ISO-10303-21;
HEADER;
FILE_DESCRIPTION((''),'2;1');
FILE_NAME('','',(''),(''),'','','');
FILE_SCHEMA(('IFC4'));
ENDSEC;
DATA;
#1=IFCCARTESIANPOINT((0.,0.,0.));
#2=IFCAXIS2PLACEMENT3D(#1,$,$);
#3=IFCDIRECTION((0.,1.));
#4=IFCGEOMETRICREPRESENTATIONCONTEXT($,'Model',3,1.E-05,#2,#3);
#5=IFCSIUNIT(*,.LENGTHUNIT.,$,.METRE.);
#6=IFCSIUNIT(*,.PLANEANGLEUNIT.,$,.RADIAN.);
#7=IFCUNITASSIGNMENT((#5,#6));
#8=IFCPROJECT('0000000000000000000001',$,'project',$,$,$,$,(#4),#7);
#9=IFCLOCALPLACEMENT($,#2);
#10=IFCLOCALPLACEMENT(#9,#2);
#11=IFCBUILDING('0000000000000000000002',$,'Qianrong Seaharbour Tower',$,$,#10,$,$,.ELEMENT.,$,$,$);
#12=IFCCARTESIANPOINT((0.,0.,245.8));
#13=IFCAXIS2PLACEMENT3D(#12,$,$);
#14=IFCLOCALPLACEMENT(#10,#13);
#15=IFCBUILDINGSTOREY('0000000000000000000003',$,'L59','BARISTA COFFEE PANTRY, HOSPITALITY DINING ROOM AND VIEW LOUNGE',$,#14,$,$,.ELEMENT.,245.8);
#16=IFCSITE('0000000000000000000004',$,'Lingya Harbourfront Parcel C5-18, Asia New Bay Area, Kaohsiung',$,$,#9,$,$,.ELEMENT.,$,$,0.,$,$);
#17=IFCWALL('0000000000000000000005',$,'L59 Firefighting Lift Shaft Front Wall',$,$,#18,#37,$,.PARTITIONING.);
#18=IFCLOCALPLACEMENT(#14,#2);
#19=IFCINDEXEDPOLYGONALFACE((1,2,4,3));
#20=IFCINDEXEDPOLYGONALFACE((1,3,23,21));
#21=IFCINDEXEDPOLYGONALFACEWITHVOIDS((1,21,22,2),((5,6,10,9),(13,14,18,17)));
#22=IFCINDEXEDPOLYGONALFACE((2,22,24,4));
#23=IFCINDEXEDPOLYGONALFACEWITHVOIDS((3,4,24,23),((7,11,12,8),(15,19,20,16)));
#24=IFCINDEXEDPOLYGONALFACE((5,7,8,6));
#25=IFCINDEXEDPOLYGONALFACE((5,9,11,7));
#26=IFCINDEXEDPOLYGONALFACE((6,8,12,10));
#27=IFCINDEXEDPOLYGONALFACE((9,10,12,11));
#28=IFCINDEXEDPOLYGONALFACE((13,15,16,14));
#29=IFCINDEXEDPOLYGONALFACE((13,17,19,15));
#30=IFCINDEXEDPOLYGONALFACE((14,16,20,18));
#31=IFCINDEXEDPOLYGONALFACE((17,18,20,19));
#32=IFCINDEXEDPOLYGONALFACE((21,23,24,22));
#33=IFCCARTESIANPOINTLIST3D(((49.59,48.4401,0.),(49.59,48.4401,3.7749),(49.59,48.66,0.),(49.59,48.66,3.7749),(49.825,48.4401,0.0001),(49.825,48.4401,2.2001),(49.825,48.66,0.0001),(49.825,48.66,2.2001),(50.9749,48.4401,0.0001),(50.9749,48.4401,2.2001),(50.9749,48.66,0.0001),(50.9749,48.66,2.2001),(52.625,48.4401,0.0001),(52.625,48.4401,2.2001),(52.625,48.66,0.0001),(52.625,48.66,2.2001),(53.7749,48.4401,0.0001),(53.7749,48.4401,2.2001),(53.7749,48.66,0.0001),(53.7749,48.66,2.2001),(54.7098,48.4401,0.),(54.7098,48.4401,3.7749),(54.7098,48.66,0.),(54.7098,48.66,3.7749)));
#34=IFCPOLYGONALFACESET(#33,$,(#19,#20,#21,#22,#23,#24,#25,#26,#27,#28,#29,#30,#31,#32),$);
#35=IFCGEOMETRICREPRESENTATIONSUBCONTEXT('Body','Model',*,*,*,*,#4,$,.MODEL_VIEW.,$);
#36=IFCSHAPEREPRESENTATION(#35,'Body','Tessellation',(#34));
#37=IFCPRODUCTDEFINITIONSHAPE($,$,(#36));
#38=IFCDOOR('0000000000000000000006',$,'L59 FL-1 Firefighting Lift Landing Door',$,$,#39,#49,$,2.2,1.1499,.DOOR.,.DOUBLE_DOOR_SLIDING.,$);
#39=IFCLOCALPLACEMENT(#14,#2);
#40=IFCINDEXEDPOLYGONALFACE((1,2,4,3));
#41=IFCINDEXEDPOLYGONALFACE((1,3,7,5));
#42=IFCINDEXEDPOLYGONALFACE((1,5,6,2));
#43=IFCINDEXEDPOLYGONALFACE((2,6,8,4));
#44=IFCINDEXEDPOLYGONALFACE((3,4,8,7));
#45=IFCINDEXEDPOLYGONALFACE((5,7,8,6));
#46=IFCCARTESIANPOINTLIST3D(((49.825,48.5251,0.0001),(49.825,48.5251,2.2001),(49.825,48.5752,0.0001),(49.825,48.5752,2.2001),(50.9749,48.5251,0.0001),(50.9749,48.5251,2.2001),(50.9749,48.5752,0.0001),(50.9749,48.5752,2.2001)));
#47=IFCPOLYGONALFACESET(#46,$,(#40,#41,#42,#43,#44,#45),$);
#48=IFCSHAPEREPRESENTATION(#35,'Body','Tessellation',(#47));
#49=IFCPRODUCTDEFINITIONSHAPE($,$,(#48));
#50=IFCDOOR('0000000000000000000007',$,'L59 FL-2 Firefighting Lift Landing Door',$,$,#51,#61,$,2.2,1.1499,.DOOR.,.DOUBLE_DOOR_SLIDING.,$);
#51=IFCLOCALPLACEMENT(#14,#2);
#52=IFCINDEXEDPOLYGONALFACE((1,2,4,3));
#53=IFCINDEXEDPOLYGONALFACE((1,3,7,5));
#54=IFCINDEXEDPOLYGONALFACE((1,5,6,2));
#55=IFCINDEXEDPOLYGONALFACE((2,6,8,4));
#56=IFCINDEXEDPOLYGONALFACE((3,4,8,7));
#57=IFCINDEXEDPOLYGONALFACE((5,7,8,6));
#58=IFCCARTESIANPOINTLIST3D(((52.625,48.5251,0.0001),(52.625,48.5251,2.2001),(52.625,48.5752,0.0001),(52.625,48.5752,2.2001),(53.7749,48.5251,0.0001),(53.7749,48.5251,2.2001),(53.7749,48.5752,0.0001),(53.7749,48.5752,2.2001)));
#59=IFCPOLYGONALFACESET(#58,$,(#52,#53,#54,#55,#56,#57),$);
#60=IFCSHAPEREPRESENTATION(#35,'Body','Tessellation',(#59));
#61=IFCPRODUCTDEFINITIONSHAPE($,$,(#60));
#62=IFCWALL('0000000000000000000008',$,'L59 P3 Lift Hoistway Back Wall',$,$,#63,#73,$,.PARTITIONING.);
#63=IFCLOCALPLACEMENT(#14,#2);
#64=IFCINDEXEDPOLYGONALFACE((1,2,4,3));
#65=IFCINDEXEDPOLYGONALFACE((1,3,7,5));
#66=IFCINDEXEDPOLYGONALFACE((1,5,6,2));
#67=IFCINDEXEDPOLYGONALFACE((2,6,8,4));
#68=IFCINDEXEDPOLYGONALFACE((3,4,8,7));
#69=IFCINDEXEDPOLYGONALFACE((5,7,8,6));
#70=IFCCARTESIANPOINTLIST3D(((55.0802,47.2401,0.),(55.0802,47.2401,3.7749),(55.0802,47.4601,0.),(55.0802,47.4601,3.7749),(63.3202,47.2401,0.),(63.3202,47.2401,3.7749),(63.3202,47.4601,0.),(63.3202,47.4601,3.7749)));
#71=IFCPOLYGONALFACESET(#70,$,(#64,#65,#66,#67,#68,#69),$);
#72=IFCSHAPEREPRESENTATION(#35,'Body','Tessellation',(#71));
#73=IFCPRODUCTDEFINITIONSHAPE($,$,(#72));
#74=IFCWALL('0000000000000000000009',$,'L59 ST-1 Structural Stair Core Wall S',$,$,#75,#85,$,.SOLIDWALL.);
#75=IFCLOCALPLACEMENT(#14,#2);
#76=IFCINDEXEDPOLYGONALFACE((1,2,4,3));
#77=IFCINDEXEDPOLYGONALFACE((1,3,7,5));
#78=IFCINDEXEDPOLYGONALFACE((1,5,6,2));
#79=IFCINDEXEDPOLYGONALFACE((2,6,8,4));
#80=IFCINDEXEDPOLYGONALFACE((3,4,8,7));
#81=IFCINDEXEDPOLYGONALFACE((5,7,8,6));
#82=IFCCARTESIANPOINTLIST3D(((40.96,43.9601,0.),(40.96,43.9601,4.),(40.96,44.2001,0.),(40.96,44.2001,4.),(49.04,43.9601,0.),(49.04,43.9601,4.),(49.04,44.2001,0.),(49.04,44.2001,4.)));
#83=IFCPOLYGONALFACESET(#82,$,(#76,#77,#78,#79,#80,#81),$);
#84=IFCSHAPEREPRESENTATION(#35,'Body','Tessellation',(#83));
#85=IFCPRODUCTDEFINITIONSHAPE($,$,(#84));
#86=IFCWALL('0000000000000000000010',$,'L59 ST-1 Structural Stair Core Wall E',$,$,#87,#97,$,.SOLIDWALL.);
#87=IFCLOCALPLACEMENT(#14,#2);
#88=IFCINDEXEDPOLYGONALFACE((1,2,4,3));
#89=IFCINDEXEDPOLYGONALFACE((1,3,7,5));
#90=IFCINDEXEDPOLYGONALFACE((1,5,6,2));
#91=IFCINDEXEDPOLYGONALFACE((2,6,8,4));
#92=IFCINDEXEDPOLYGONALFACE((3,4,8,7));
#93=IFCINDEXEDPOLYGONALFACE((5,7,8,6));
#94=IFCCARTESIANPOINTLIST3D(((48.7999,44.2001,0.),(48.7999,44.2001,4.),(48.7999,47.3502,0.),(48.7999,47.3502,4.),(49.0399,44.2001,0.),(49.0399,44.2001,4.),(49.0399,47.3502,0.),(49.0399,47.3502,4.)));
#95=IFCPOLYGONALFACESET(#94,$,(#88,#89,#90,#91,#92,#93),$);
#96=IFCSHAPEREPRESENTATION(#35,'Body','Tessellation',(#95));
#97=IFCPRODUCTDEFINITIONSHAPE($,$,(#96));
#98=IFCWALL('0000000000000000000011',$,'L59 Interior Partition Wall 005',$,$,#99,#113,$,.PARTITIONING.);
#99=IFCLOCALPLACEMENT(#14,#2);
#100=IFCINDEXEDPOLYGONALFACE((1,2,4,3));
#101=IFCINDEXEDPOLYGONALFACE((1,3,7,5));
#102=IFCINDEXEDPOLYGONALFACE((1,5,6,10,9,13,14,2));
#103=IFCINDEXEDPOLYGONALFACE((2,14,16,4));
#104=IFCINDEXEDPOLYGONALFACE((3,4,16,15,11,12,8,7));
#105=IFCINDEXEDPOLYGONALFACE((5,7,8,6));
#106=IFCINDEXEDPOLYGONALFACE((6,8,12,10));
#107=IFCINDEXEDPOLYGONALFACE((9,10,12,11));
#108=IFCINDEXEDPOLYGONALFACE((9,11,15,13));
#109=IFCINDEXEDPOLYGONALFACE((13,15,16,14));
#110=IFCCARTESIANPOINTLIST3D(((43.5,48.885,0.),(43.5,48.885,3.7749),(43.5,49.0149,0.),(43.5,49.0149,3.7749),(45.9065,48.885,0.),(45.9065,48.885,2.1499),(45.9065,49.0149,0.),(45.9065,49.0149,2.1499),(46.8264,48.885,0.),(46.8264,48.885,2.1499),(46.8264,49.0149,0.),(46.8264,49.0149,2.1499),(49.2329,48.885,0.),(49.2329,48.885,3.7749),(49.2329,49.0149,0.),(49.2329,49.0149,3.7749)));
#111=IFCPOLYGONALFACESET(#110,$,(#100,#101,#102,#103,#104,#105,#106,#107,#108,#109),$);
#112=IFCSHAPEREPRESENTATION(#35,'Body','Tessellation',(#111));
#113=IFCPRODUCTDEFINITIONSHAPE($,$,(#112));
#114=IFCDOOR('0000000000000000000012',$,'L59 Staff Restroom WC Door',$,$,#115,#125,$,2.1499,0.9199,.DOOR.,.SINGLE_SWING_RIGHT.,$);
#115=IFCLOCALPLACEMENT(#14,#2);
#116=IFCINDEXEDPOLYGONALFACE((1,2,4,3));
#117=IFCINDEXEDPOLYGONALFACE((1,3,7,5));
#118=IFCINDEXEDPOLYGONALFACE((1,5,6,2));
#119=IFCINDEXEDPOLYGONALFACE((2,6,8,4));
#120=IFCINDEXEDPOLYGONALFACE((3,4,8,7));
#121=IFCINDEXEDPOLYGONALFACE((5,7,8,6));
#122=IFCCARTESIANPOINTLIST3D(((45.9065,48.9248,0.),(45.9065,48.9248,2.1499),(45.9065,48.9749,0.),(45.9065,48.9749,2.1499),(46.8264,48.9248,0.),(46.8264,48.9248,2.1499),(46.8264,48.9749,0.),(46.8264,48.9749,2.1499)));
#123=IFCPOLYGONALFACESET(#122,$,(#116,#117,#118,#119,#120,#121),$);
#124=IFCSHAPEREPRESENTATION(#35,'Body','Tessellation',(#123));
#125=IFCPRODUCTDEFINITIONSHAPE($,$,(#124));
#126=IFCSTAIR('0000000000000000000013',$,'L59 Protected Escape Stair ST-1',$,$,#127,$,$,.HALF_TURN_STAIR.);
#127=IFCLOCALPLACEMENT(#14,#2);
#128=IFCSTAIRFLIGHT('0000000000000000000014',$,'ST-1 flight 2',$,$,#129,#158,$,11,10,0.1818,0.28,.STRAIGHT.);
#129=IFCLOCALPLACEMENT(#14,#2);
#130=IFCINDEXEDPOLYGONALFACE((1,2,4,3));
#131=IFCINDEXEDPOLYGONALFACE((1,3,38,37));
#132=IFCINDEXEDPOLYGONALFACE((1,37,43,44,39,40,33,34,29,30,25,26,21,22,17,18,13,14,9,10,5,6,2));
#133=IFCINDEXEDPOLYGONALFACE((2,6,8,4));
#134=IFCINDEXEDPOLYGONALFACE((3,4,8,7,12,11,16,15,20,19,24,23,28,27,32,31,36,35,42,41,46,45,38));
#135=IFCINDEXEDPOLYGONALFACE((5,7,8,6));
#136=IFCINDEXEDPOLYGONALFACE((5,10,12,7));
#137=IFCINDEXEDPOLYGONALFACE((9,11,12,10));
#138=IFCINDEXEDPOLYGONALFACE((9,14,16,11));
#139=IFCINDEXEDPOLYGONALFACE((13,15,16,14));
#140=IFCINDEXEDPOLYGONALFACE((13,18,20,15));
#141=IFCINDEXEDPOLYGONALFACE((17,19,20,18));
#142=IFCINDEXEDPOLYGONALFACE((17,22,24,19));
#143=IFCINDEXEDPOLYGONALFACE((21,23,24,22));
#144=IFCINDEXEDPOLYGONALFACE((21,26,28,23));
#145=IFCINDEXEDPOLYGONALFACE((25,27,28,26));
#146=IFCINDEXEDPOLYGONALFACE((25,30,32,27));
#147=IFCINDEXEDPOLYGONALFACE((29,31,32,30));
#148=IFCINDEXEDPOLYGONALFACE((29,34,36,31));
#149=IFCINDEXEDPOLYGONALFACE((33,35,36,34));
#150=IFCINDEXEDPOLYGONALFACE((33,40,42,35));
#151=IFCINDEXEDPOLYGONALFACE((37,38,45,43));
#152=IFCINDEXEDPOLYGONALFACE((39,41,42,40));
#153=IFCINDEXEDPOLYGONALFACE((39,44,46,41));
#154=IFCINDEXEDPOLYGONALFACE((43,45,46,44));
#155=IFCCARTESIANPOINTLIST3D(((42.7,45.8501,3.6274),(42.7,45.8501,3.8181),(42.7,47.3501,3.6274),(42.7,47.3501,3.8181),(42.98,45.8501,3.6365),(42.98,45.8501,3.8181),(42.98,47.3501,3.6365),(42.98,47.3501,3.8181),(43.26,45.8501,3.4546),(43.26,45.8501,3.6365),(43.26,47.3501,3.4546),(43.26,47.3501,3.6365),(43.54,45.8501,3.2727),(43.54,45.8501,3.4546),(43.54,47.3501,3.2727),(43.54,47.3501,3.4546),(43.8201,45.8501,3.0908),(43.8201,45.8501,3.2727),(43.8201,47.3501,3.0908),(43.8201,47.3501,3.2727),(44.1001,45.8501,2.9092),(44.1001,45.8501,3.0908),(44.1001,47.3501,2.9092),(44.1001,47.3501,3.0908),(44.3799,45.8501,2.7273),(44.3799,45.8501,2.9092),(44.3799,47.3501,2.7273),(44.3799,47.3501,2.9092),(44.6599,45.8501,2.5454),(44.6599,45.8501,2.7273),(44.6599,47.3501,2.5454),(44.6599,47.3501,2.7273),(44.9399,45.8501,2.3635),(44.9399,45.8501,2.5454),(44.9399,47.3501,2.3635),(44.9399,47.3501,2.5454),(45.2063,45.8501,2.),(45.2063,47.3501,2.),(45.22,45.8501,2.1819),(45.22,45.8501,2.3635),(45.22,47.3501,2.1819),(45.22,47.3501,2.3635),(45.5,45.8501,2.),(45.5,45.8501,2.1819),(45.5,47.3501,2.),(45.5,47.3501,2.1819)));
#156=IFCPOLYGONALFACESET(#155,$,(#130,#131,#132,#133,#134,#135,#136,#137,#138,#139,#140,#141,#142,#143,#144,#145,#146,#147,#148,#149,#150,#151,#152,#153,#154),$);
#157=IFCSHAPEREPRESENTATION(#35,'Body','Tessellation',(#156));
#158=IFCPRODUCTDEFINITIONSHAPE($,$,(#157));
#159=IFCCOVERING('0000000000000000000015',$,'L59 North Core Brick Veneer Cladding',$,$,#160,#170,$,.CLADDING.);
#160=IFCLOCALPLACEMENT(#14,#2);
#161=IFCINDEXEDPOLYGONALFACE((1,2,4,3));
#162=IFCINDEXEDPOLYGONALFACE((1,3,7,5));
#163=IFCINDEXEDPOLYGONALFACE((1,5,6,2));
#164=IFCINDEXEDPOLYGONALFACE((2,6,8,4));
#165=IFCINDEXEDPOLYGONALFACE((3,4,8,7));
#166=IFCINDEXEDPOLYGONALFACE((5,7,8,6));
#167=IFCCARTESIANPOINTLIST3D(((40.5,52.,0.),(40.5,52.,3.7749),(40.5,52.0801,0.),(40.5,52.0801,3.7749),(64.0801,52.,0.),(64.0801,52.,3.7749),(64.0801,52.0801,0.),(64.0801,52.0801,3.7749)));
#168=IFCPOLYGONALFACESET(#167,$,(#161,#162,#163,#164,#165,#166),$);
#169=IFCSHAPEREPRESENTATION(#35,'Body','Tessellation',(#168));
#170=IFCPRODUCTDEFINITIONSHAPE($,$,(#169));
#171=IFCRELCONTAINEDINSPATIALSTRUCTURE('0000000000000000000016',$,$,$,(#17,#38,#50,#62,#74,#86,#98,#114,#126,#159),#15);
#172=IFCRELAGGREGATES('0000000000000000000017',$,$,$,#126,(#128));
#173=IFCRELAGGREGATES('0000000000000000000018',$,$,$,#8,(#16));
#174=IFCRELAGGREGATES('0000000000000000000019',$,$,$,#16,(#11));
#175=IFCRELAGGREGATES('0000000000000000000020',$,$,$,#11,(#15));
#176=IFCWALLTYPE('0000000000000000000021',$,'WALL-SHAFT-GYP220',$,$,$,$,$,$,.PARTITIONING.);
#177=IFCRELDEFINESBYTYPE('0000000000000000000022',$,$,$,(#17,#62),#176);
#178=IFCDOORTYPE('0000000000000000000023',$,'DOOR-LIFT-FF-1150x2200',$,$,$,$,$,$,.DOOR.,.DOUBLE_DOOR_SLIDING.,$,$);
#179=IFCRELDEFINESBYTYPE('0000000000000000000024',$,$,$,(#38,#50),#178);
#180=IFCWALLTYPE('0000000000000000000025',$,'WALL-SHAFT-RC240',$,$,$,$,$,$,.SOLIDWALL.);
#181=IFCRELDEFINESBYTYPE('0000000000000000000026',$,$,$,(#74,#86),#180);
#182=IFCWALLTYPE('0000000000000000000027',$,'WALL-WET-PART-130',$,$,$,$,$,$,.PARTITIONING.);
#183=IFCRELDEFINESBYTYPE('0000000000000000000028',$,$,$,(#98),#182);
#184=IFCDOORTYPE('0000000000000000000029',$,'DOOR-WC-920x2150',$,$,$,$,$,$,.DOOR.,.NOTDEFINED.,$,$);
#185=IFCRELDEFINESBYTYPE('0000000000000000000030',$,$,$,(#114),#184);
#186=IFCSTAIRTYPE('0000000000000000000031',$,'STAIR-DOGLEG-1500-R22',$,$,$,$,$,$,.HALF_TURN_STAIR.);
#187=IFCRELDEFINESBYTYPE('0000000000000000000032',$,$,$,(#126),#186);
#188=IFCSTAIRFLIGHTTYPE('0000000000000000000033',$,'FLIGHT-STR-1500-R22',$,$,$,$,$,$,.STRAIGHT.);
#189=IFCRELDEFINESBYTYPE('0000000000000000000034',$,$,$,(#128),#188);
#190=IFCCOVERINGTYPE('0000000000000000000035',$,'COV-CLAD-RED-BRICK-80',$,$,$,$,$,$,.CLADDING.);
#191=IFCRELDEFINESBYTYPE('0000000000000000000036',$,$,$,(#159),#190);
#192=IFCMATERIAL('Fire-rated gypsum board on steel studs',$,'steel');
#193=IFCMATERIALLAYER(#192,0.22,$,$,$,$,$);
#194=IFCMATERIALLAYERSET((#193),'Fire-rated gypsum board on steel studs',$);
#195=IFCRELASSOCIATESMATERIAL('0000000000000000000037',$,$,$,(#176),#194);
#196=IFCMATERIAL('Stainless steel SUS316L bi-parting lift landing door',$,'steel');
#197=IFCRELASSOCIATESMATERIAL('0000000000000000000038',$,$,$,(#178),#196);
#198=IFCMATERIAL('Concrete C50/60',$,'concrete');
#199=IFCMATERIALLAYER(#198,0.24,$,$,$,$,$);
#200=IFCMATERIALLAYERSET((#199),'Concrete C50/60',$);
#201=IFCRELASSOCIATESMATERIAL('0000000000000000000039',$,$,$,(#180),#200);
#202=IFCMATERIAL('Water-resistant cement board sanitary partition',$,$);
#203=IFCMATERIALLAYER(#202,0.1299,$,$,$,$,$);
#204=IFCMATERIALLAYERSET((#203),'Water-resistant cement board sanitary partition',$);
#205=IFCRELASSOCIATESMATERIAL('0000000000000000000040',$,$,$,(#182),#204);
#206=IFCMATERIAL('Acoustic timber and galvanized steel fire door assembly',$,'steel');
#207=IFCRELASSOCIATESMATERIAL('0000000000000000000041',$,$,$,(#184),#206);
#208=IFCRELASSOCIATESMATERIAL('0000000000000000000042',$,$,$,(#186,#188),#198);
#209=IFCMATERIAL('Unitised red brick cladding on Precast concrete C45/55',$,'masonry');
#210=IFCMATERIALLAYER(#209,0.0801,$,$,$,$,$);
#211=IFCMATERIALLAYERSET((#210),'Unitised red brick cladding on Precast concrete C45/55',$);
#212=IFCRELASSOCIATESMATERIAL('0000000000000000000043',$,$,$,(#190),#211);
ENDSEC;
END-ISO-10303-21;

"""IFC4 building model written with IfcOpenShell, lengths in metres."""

from ifc_helpers import new_model, si_unit, direction, frame, frame_2d, origin, origin_2d, place, context, subcontext, project, spatial, polyline, rectangle, outline, extrude, material, layer, layer_set, type_object, element, fill, aggregate, save


model = new_model("IFC4")

# Units and contexts
model_context = context("Model", 3, precision=1e-05, world=origin(), true_north=direction((0.0, 1.0)))
body_context = subcontext(model_context, "Body", "Model", "MODEL_VIEW")
ifc_project = project(units=[si_unit("LENGTHUNIT", "METRE"), si_unit("PLANEANGLEUNIT", "RADIAN")], contexts=[model_context])

# Site, building, storey
site_placement = place(None, origin())
site = spatial("IfcSite", under=ifc_project, at=site_placement, Name="Lingya Harbourfront Parcel C5-18, Asia New Bay Area, Kaohsiung", CompositionType="ELEMENT", RefElevation=0.0)
building_placement = place(site_placement, origin())
building = spatial("IfcBuilding", under=site, at=building_placement, Name="Qianrong Seaharbour Tower", CompositionType="ELEMENT")
storey_placement = place(building_placement, frame((0.0, 0.0, 245.8)))
storey = spatial("IfcBuildingStorey", under=building, at=storey_placement, Name="L59", Description="BARISTA COFFEE PANTRY, HOSPITALITY DINING ROOM AND VIEW LOUNGE", CompositionType="ELEMENT", Elevation=245.8)

# Shared definitions
ifc_material_1 = material(Name="Concrete C50/60", Category="concrete")

# Shared definitions
ifc_material_2 = material(Name="Acoustic timber and galvanized steel fire door assembly", Category="steel")

# Shared definitions
ifc_material_3 = material(Name="Fire-rated gypsum board on steel studs", Category="steel")

# Wall, openings, doors
ifc_layer_1 = layer(ifc_material_3, 0.22)
ifc_layer_set_1 = layer_set([ifc_layer_1], Name="Fire-rated gypsum board on steel studs")
wall_type_1 = type_object("IfcWallType", Name="WALL-SHAFT-GYP220", PredefinedType="PARTITIONING", material=ifc_layer_set_1)
wall_1_placement = place(storey_placement, frame((54.71, 48.55, 0.0), z_axis=(0.0, 0.0, 1.0), x_axis=(-1.0, 0.0, 0.0)))
wall_1 = element("IfcWall", 1, at=wall_1_placement, inside=storey, type_object=wall_type_1, Name="L59 Firefighting Lift Shaft Front Wall", PredefinedType="PARTITIONING", context=body_context, shape_type="SweptSolid", body=[
    extrude(rectangle(XDim=5.1199, YDim=0.22, at=frame_2d((2.5601, 0.0))), origin(), (0.0, 0.0, 1.0), 3.7749),
])
opening_1_placement = place(wall_1_placement, frame((3.7351, 0.0, 0.0)))
opening_1 = element("IfcOpeningElement", 2, at=opening_1_placement, cuts=wall_1, PredefinedType="OPENING", context=body_context, shape_type="SweptSolid", body=[
    extrude(rectangle(XDim=1.1499, YDim=2.2, at=frame_2d((0.575, 1.1001))), frame((0.0, 0.1201, 0.0), z_axis=(0.0, -1.0, 0.0), x_axis=(1.0, 0.0, 0.0)), (0.0, 0.0, 1.0), 0.24),
])
opening_2_placement = place(wall_1_placement, frame((0.9351, 0.0, 0.0)))
opening_2 = element("IfcOpeningElement", 3, at=opening_2_placement, cuts=wall_1, PredefinedType="OPENING", context=body_context, shape_type="SweptSolid", body=[
    extrude(rectangle(XDim=1.1499, YDim=2.2, at=frame_2d((0.575, 1.1001))), frame((0.0, 0.1201, 0.0), z_axis=(0.0, -1.0, 0.0), x_axis=(1.0, 0.0, 0.0)), (0.0, 0.0, 1.0), 0.24),
])
ifc_material_4 = material(Name="Stainless steel SUS316L bi-parting lift landing door", Category="steel")
door_type_1 = type_object("IfcDoorType", Name="DOOR-LIFT-FF-1150x2200", OperationType="DOUBLE_DOOR_SLIDING", PredefinedType="DOOR", material=ifc_material_4)
door_1_placement = place(opening_1_placement, origin())
door_1 = element("IfcDoor", 4, at=door_1_placement, inside=storey, type_object=door_type_1, Name="L59 FL-1 Firefighting Lift Landing Door", OperationType="DOUBLE_DOOR_SLIDING", OverallHeight=2.2, OverallWidth=1.1499, PredefinedType="DOOR", context=body_context, shape_type="SweptSolid", body=[
    extrude(rectangle(XDim=1.1499, YDim=2.2, at=frame_2d((0.575, 1.1001))), frame((0.0, 0.0249, 0.0), z_axis=(0.0, -1.0, 0.0), x_axis=(1.0, 0.0, 0.0)), (0.0, 0.0, 1.0), 0.05),
])
fill(opening_1, door_1)
door_2_placement = place(opening_2_placement, origin())
door_2 = element("IfcDoor", 5, at=door_2_placement, inside=storey, type_object=door_type_1, Name="L59 FL-2 Firefighting Lift Landing Door", OperationType="DOUBLE_DOOR_SLIDING", OverallHeight=2.2, OverallWidth=1.1499, PredefinedType="DOOR", context=body_context, shape_type="SweptSolid", body=[
    extrude(rectangle(XDim=1.1499, YDim=2.2, at=frame_2d((0.575, 1.1001))), frame((0.0, 0.0249, 0.0), z_axis=(0.0, -1.0, 0.0), x_axis=(1.0, 0.0, 0.0)), (0.0, 0.0, 1.0), 0.05),
])
fill(opening_2, door_2)

# Walls
wall_2_placement = place(storey_placement, frame((55.0801, 47.3501, 0.0), z_axis=(0.0, 0.0, 1.0), x_axis=(1.0, 0.0, 0.0)))
element("IfcWall", 6, at=wall_2_placement, inside=storey, type_object=wall_type_1, Name="L59 P3 Lift Hoistway Back Wall", PredefinedType="PARTITIONING", context=body_context, shape_type="SweptSolid", body=[
    extrude(rectangle(XDim=8.24, YDim=0.22, at=frame_2d((4.1201, 0.0))), origin(), (0.0, 0.0, 1.0), 3.7749),
])
ifc_layer_2 = layer(ifc_material_1, 0.24)
ifc_layer_set_2 = layer_set([ifc_layer_2], Name="Concrete C50/60")
wall_type_2 = type_object("IfcWallType", Name="WALL-SHAFT-RC240", PredefinedType="SOLIDWALL", material=ifc_layer_set_2)
wall_3_placement = place(storey_placement, frame((49.04, 44.0801, 0.0), z_axis=(0.0, 0.0, 1.0), x_axis=(-1.0, 0.0, 0.0)))
element("IfcWall", 7, at=wall_3_placement, inside=storey, type_object=wall_type_2, Name="L59 ST-1 Structural Stair Core Wall S", PredefinedType="SOLIDWALL", context=body_context, shape_type="SweptSolid", body=[
    extrude(rectangle(XDim=8.0801, YDim=0.24, at=frame_2d((4.04, 0.0))), origin(), (0.0, 0.0, 1.0), 4.0),
])
wall_4_placement = place(storey_placement, frame((48.9199, 44.2, 0.0), z_axis=(0.0, 0.0, 1.0), x_axis=(0.0, 1.0, 0.0)))
element("IfcWall", 8, at=wall_4_placement, inside=storey, type_object=wall_type_2, Name="L59 ST-1 Structural Stair Core Wall E", PredefinedType="SOLIDWALL", context=body_context, shape_type="SweptSolid", body=[
    extrude(rectangle(XDim=3.1501, YDim=0.24, at=frame_2d((1.5752, 0.0))), origin(), (0.0, 0.0, 1.0), 4.0),
])

# Wall, opening, door
ifc_material_5 = material(Name="Water-resistant cement board sanitary partition")
ifc_layer_3 = layer(ifc_material_5, 0.1299)
ifc_layer_set_3 = layer_set([ifc_layer_3], Name="Water-resistant cement board sanitary partition")
wall_type_3 = type_object("IfcWallType", Name="WALL-WET-PART-130", PredefinedType="PARTITIONING", material=ifc_layer_set_3)
wall_5_placement = place(storey_placement, frame((43.5, 48.95, 0.0), z_axis=(0.0, 0.0, 1.0), x_axis=(1.0, 0.0, 0.0)))
wall_5 = element("IfcWall", 9, at=wall_5_placement, inside=storey, type_object=wall_type_3, Name="L59 Interior Partition Wall 005", PredefinedType="PARTITIONING", context=body_context, shape_type="SweptSolid", body=[
    extrude(rectangle(XDim=5.7329, YDim=0.1299, at=frame_2d((2.8665, 0.0))), origin(), (0.0, 0.0, 1.0), 3.7749),
])
opening_3_placement = place(wall_5_placement, frame((2.4065, 0.0, 0.0)))
opening_3 = element("IfcOpeningElement", 10, at=opening_3_placement, cuts=wall_5, PredefinedType="OPENING", context=body_context, shape_type="SweptSolid", body=[
    extrude(rectangle(XDim=0.9199, YDim=2.1499, at=frame_2d((0.46, 1.075))), frame((0.0, 0.075, 0.0), z_axis=(0.0, -1.0, 0.0), x_axis=(1.0, 0.0, 0.0)), (0.0, 0.0, 1.0), 0.1499),
])
door_type_2 = type_object("IfcDoorType", Name="DOOR-WC-920x2150", OperationType="NOTDEFINED", PredefinedType="DOOR", material=ifc_material_2)
door_3_placement = place(opening_3_placement, origin())
door_3 = element("IfcDoor", 11, at=door_3_placement, inside=storey, type_object=door_type_2, Name="L59 Staff Restroom WC Door", OperationType="SINGLE_SWING_RIGHT", OverallHeight=2.1499, OverallWidth=0.9199, PredefinedType="DOOR", context=body_context, shape_type="SweptSolid", body=[
    extrude(rectangle(XDim=0.9199, YDim=2.1499, at=frame_2d((0.46, 1.075))), frame((0.0, 0.0249, 0.0), z_axis=(0.0, -1.0, 0.0), x_axis=(1.0, 0.0, 0.0)), (0.0, 0.0, 1.0), 0.05),
])
fill(opening_3, door_3)

# Stair, stair flight
stair_type = type_object("IfcStairType", Name="STAIR-DOGLEG-1500-R22", PredefinedType="HALF_TURN_STAIR", material=ifc_material_1)
stair_placement = place(storey_placement, origin())
stair = element("IfcStair", 12, at=stair_placement, inside=storey, type_object=stair_type, Name="L59 Protected Escape Stair ST-1", PredefinedType="HALF_TURN_STAIR")
stair_flight_type = type_object("IfcStairFlightType", Name="FLIGHT-STR-1500-R22", PredefinedType="STRAIGHT", material=ifc_material_1)
stair_flight_placement = place(storey_placement, frame((45.5, 46.6001, 2.0), z_axis=(0.0, 0.0, 1.0), x_axis=(-1.0, 0.0, 0.0)))
stair_flight = element("IfcStairFlight", 13, at=stair_flight_placement, type_object=stair_flight_type, Name="ST-1 flight 2", NumberOfRisers=11, NumberOfTreads=10, PredefinedType="STRAIGHT", RiserHeight=0.1818, TreadLength=0.28, context=body_context, shape_type="SweptSolid", body=[
    extrude(outline(polyline([(0.0, 0.0), (0.0, 0.1819), (0.28, 0.1819), (0.28, 0.3635), (0.5601, 0.3635), (0.5601, 0.5454), (0.8401, 0.5454), (0.8401, 0.7273), (1.1201, 0.7273), (1.1201, 0.9092), (1.3999, 0.9092), (1.3999, 1.0908), (1.6799, 1.0908), (1.6799, 1.2727), (1.96, 1.2727), (1.96, 1.4546), (2.24, 1.4546), (2.24, 1.6365), (2.52, 1.6365), (2.52, 1.8181), (2.8, 1.8181), (2.8, 2.0), (2.8, 1.6274), (0.2937, 0.0), (0.0, 0.0)])), frame((0.0, 0.75, 0.0), z_axis=(0.0, -1.0, 0.0), x_axis=(1.0, 0.0, 0.0)), (0.0, 0.0, 1.0), 1.5),
])
aggregate(stair, [stair_flight])

# Covering
ifc_material_6 = material(Name="Unitised red brick cladding on Precast concrete C45/55", Category="masonry")
ifc_layer_4 = layer(ifc_material_6, 0.0801)
ifc_layer_set_4 = layer_set([ifc_layer_4], Name="Unitised red brick cladding on Precast concrete C45/55")
covering_type = type_object("IfcCoveringType", Name="COV-CLAD-RED-BRICK-80", PredefinedType="CLADDING", material=ifc_layer_set_4)
covering_placement = place(storey_placement, frame((52.29, 52.04, 0.0), z_axis=(0.0, 0.0, 1.0), x_axis=(1.0, 0.0, 0.0)))
element("IfcCovering", 14, at=covering_placement, inside=storey, type_object=covering_type, Name="L59 North Core Brick Veneer Cladding", PredefinedType="CLADDING", context=body_context, shape_type="SweptSolid", body=[
    extrude(rectangle(XDim=23.5801, YDim=0.0801, at=origin_2d()), origin(), (0.0, 0.0, 1.0), 3.7749),
])

save(model, "model.ifc")
